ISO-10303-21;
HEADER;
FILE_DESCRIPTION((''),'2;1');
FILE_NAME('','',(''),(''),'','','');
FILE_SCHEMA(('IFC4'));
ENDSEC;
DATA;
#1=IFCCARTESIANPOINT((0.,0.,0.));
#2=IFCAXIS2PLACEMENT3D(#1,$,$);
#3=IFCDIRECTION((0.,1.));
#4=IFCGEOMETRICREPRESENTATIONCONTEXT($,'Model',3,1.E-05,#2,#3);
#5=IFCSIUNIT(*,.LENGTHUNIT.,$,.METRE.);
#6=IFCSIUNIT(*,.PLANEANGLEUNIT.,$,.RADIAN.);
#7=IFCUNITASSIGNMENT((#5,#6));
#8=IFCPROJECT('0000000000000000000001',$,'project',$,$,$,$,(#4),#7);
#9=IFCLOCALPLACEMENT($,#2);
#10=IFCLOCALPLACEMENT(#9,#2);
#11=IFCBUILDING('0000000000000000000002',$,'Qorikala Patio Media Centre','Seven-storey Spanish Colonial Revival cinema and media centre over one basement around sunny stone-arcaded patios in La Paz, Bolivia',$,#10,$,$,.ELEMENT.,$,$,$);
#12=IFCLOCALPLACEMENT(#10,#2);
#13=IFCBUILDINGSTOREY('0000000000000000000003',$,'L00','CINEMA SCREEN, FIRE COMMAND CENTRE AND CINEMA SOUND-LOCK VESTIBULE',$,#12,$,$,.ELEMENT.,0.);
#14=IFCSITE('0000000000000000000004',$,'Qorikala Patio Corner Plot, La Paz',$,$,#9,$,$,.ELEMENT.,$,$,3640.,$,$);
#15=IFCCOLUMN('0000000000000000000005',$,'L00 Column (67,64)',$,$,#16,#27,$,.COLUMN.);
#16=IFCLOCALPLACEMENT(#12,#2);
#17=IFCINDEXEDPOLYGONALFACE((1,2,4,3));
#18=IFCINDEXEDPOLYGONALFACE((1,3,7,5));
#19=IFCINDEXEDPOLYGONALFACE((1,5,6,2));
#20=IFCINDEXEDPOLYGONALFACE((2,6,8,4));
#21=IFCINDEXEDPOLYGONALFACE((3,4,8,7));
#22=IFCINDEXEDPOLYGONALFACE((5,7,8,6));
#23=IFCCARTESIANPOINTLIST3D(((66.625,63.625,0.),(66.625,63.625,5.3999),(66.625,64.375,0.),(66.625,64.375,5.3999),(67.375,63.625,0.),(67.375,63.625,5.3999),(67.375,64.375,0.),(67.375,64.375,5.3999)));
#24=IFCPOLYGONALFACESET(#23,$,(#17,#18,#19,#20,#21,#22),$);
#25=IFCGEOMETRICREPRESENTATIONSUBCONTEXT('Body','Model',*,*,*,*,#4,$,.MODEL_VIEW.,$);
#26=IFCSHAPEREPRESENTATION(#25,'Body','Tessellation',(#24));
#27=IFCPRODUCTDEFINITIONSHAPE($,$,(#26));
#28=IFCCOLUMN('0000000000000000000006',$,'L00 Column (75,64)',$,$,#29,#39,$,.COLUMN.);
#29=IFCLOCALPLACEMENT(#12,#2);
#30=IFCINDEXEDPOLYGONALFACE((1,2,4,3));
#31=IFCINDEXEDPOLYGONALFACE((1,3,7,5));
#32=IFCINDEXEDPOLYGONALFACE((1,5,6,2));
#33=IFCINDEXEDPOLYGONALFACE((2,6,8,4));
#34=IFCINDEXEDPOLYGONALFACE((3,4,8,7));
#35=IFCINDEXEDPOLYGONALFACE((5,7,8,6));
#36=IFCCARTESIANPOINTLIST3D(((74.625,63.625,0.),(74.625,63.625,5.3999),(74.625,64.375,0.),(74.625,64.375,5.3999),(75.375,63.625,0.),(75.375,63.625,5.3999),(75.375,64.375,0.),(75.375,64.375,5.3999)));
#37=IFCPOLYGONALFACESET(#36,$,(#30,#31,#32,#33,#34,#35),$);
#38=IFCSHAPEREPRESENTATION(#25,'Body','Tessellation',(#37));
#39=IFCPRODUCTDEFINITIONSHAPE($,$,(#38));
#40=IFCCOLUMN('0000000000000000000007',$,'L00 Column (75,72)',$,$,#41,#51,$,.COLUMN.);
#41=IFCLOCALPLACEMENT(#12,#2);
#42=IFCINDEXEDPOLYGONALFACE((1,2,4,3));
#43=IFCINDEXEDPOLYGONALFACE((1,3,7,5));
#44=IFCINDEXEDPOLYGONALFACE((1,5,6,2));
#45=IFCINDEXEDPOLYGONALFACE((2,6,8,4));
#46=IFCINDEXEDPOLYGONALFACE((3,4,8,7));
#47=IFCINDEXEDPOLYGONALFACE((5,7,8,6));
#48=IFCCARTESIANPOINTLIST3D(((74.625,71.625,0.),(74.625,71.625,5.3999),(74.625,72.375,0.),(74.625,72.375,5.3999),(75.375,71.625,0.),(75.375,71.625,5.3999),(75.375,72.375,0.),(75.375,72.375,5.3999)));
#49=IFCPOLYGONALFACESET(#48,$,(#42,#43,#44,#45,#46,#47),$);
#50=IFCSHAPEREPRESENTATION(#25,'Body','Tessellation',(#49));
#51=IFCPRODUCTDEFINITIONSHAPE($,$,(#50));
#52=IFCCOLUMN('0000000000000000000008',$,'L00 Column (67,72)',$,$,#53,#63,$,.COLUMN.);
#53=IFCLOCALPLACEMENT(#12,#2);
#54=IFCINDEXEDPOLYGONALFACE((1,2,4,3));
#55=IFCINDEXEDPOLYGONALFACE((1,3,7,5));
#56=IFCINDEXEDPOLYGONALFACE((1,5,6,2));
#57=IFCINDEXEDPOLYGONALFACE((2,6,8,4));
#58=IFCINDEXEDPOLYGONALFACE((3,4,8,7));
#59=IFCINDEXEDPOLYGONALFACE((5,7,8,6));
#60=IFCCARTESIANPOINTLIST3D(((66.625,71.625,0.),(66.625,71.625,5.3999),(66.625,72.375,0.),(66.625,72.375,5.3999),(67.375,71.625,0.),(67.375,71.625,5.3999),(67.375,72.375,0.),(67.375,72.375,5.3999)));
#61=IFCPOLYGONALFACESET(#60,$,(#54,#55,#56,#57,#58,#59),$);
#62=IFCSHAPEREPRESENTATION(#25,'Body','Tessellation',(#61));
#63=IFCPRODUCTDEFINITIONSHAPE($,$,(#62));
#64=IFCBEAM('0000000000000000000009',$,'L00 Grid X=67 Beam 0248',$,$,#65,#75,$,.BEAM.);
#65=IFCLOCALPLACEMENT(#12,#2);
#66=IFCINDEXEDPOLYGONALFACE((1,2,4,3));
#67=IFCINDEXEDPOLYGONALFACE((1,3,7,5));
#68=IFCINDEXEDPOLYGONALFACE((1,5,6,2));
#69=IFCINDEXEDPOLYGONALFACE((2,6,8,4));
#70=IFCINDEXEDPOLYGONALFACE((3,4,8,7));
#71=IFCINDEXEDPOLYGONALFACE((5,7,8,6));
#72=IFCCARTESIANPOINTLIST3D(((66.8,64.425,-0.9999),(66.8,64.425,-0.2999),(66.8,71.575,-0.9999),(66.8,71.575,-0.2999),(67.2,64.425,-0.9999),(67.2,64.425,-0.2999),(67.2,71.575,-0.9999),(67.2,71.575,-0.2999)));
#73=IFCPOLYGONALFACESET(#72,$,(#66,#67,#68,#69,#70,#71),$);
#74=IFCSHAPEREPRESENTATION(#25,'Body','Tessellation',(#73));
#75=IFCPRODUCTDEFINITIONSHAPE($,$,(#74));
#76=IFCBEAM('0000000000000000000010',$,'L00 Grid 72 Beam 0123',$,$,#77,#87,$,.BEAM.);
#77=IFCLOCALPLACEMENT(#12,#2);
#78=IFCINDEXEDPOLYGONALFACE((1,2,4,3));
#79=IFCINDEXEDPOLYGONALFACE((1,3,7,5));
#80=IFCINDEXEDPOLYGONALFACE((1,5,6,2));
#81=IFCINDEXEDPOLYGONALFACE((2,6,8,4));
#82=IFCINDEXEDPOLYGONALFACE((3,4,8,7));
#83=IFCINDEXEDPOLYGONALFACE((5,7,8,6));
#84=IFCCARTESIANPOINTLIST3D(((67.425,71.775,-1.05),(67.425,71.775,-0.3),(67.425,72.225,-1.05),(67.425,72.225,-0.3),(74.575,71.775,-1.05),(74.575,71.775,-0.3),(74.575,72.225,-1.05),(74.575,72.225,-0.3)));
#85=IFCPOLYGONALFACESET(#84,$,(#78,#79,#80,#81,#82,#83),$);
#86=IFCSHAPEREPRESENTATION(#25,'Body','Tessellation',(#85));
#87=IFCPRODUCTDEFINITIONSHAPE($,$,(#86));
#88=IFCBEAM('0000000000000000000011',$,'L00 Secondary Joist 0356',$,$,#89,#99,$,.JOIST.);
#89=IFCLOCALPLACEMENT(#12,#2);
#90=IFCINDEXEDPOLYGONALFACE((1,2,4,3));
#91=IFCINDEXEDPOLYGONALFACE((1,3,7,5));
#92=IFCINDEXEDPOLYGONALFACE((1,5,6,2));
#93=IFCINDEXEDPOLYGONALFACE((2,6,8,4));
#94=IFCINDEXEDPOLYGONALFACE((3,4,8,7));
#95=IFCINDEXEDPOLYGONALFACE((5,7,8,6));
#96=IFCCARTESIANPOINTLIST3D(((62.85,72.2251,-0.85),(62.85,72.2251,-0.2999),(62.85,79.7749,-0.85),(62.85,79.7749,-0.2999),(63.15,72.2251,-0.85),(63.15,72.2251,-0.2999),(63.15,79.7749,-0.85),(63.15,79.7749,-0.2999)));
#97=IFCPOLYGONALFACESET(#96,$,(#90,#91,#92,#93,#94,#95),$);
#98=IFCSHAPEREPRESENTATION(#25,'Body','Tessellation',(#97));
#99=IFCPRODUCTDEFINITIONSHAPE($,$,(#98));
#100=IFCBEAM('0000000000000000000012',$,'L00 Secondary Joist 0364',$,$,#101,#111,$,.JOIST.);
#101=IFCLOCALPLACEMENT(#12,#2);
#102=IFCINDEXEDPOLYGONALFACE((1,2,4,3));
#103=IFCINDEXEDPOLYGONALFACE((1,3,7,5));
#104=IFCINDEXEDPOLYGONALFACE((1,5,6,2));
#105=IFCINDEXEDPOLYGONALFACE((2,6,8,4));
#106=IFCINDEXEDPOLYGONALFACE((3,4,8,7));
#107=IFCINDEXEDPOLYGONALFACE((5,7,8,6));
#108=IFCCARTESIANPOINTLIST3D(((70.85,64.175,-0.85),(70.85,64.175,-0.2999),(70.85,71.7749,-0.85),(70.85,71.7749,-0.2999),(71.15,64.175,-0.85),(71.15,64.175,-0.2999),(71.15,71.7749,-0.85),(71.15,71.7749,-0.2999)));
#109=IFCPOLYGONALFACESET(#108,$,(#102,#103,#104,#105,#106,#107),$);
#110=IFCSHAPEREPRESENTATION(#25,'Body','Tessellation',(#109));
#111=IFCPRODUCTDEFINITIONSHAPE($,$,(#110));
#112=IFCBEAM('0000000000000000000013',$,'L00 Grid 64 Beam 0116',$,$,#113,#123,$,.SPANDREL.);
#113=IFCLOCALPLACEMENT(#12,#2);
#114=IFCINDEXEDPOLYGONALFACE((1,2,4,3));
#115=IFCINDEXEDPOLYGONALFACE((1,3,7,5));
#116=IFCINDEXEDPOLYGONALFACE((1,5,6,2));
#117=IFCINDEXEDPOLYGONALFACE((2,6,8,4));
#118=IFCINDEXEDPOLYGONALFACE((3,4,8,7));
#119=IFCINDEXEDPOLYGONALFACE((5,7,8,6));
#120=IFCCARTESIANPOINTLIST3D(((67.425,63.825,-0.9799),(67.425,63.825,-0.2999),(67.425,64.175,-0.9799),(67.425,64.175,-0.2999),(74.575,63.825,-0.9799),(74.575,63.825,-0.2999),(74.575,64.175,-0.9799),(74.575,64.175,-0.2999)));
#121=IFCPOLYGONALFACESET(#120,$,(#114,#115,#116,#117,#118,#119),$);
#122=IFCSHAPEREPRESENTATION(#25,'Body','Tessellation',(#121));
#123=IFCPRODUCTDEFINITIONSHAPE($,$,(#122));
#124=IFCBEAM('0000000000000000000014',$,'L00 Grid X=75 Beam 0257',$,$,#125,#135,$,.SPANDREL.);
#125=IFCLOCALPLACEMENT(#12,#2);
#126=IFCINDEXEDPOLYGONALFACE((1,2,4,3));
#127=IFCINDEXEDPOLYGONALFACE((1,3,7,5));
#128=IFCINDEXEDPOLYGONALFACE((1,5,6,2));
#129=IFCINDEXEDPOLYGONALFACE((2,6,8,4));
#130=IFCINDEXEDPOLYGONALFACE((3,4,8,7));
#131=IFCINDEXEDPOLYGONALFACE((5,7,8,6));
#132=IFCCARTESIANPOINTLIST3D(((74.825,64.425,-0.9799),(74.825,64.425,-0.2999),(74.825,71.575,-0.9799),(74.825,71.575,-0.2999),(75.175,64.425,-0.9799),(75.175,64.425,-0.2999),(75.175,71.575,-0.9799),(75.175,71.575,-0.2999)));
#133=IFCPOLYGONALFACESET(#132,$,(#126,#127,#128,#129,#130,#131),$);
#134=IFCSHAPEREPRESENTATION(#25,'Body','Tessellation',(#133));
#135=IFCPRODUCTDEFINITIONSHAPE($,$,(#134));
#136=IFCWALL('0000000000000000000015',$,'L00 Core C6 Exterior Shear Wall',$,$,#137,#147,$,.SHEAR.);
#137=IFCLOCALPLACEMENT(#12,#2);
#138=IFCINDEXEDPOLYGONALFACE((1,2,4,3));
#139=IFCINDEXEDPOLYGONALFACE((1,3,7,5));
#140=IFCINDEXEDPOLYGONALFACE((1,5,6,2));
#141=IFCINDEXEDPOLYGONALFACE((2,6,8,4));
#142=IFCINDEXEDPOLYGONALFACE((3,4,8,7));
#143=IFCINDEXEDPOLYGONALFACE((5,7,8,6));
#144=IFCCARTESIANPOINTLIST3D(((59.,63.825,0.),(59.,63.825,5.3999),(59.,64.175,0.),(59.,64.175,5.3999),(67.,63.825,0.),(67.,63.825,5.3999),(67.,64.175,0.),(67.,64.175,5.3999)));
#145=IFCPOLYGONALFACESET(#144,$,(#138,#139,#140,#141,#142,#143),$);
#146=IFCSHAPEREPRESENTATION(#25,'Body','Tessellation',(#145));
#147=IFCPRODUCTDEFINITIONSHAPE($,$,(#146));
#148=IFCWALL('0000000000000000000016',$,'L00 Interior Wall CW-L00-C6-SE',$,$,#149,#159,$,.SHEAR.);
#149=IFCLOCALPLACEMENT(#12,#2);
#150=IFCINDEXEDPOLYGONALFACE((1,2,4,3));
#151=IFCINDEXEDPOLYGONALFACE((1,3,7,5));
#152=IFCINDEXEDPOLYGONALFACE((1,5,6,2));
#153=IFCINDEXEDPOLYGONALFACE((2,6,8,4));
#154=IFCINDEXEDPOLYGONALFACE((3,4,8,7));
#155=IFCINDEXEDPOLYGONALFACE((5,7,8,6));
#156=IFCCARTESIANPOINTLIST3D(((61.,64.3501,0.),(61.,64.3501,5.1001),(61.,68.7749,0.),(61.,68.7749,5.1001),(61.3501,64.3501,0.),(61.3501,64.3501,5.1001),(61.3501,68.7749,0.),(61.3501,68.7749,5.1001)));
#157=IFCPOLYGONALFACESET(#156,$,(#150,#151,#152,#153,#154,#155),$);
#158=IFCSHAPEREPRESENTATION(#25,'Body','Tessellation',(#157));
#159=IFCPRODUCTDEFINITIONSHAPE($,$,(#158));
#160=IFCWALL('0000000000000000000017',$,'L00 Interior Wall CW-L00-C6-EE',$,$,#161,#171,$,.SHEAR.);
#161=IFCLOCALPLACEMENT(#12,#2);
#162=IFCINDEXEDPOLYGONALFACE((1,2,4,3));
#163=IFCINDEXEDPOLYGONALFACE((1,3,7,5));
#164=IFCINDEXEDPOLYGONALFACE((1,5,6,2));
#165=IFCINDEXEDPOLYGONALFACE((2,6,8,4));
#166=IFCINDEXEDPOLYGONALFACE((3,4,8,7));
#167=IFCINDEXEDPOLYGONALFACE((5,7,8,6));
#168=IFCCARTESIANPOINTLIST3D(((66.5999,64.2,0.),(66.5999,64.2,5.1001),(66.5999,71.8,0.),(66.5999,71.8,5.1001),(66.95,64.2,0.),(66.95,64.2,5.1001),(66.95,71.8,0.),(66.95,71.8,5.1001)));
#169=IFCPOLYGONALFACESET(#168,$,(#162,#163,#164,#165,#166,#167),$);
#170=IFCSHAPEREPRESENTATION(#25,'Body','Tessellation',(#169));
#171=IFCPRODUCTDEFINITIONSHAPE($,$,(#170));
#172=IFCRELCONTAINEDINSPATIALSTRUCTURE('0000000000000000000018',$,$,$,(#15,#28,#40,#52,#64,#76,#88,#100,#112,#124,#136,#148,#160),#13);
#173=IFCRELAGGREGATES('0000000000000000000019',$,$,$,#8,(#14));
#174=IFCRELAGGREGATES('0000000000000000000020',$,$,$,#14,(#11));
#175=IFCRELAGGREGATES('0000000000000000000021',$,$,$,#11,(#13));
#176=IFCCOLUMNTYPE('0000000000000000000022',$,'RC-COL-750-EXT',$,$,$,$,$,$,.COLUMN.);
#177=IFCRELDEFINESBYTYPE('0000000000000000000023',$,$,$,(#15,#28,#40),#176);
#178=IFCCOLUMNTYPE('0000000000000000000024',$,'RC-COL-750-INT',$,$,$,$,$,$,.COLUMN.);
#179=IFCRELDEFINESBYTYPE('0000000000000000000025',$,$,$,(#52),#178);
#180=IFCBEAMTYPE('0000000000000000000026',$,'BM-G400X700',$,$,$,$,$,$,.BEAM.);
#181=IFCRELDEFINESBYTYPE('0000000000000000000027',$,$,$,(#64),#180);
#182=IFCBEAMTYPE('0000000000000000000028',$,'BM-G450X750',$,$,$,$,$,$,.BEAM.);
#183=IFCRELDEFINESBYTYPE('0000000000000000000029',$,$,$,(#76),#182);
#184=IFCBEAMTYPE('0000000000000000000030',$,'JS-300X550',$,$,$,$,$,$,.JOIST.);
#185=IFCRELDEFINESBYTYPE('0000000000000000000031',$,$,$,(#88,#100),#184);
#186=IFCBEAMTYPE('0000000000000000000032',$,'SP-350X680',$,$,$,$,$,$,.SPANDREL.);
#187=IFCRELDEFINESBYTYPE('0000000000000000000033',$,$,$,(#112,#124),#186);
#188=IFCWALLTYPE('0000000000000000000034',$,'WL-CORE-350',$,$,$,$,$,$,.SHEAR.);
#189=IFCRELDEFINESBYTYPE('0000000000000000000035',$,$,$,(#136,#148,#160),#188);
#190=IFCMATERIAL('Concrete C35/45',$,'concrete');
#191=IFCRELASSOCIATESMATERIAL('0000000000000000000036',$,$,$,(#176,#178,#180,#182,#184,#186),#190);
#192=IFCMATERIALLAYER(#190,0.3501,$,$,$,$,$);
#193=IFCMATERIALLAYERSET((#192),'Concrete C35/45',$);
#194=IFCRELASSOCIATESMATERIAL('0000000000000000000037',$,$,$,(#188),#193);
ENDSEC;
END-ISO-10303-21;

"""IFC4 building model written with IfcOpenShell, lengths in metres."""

from ifc_helpers import new_model, si_unit, direction, frame, frame_2d, origin, origin_2d, place, context, subcontext, project, spatial, rectangle, extrude, material, layer, layer_set, material_profile, profile_set, type_object, element, save


model = new_model("IFC4")

# Units and contexts
model_context = context("Model", 3, precision=1e-05, world=origin(), true_north=direction((0.0, 1.0)))
body_context = subcontext(model_context, "Body", "Model", "MODEL_VIEW")
ifc_project = project(units=[si_unit("LENGTHUNIT", "METRE"), si_unit("PLANEANGLEUNIT", "RADIAN")], contexts=[model_context])

# Site, building, storey
site_placement = place(None, origin())
site = spatial("IfcSite", under=ifc_project, at=site_placement, Name="Qorikala Patio Corner Plot, La Paz", CompositionType="ELEMENT", RefElevation=3640.0)
building_placement = place(site_placement, origin())
building = spatial("IfcBuilding", under=site, at=building_placement, Name="Qorikala Patio Media Centre", Description="Seven-storey Spanish Colonial Revival cinema and media centre over one basement around sunny stone-arcaded patios in La Paz, Bolivia", CompositionType="ELEMENT")
storey_placement = place(building_placement, origin())
storey = spatial("IfcBuildingStorey", under=building, at=storey_placement, Name="L00", Description="CINEMA SCREEN, FIRE COMMAND CENTRE AND CINEMA SOUND-LOCK VESTIBULE", CompositionType="ELEMENT", Elevation=0.0)

# Columns
ifc_material_1 = material(Name="Concrete C35/45", Category="concrete")
ifc_material_profile_1 = material_profile(ifc_material_1, rectangle(XDim=0.75, YDim=0.75, at=origin_2d()), Name="RC 750x750")
ifc_profile_set_1 = profile_set([ifc_material_profile_1], Name="Concrete C35/45")
column_type_1 = type_object("IfcColumnType", Name="RC-COL-750-EXT", PredefinedType="COLUMN", material=ifc_profile_set_1)
for number, where, z_axis, x_axis, name in (
    (1, (67.0, 64.0, 0.0), (0.0, 0.0, 1.0), (1.0, 0.0, 0.0), "L00 Column (67,64)"),
    (2, (75.0, 64.0, 0.0), (0.0, 0.0, 1.0), (1.0, 0.0, 0.0), "L00 Column (75,64)"),
    (3, (75.0, 72.0, 0.0), (0.0, 0.0, 1.0), (1.0, 0.0, 0.0), "L00 Column (75,72)"),
):
    element("IfcColumn", number, at=place(storey_placement, frame(where, z_axis=z_axis, x_axis=x_axis)), inside=storey, type_object=column_type_1, Name=name, PredefinedType="COLUMN", context=body_context, shape_type="SweptSolid", body=[
        extrude(rectangle(XDim=0.75, YDim=0.75, at=origin_2d()), origin(), (0.0, 0.0, 1.0), 5.3999),
    ])
ifc_material_profile_2 = material_profile(ifc_material_1, rectangle(XDim=0.75, YDim=0.75, at=origin_2d()), Name="RC 750x750")
ifc_profile_set_2 = profile_set([ifc_material_profile_2], Name="Concrete C35/45")
column_type_2 = type_object("IfcColumnType", Name="RC-COL-750-INT", PredefinedType="COLUMN", material=ifc_profile_set_2)
column_placement = place(storey_placement, frame((67.0, 72.0, 0.0), z_axis=(0.0, 0.0, 1.0), x_axis=(1.0, 0.0, 0.0)))
element("IfcColumn", 4, at=column_placement, inside=storey, type_object=column_type_2, Name="L00 Column (67,72)", PredefinedType="COLUMN", context=body_context, shape_type="SweptSolid", body=[
    extrude(rectangle(XDim=0.75, YDim=0.75, at=origin_2d()), origin(), (0.0, 0.0, 1.0), 5.3999),
])

# Beams
ifc_material_profile_3 = material_profile(ifc_material_1, rectangle(XDim=0.3999, YDim=0.7, at=origin_2d()), Name="RC 400x700")
ifc_profile_set_3 = profile_set([ifc_material_profile_3], Name="Concrete C35/45")
beam_type_1 = type_object("IfcBeamType", Name="BM-G400X700", PredefinedType="BEAM", material=ifc_profile_set_3)
beam_1_placement = place(storey_placement, frame((67.0, 64.425, -0.6499), z_axis=(0.0, 1.0, 0.0), x_axis=(-1.0, 0.0, 0.0)))
element("IfcBeam", 5, at=beam_1_placement, inside=storey, type_object=beam_type_1, Name="L00 Grid X=67 Beam 0248", PredefinedType="BEAM", context=body_context, shape_type="SweptSolid", body=[
    extrude(rectangle(XDim=0.3999, YDim=0.7, at=origin_2d()), origin(), (0.0, 0.0, 1.0), 7.1499),
])
ifc_material_profile_4 = material_profile(ifc_material_1, rectangle(XDim=0.45, YDim=0.75, at=origin_2d()), Name="RC 450x750")
ifc_profile_set_4 = profile_set([ifc_material_profile_4], Name="Concrete C35/45")
beam_type_2 = type_object("IfcBeamType", Name="BM-G450X750", PredefinedType="BEAM", material=ifc_profile_set_4)
beam_2_placement = place(storey_placement, frame((67.425, 72.0, -0.675), z_axis=(1.0, 0.0, 0.0), x_axis=(0.0, 1.0, 0.0)))
element("IfcBeam", 6, at=beam_2_placement, inside=storey, type_object=beam_type_2, Name="L00 Grid 72 Beam 0123", PredefinedType="BEAM", context=body_context, shape_type="SweptSolid", body=[
    extrude(rectangle(XDim=0.45, YDim=0.75, at=origin_2d()), origin(), (0.0, 0.0, 1.0), 7.1499),
])
ifc_material_profile_5 = material_profile(ifc_material_1, rectangle(XDim=0.3, YDim=0.55, at=origin_2d()), Name="RC 300x550")
ifc_profile_set_5 = profile_set([ifc_material_profile_5], Name="Concrete C35/45")
beam_type_3 = type_object("IfcBeamType", Name="JS-300X550", PredefinedType="JOIST", material=ifc_profile_set_5)
beam_3_placement = place(storey_placement, frame((63.0, 72.2251, -0.575), z_axis=(0.0, 1.0, 0.0), x_axis=(-1.0, 0.0, 0.0)))
element("IfcBeam", 7, at=beam_3_placement, inside=storey, type_object=beam_type_3, Name="L00 Secondary Joist 0356", PredefinedType="JOIST", context=body_context, shape_type="SweptSolid", body=[
    extrude(rectangle(XDim=0.3, YDim=0.55, at=origin_2d()), origin(), (0.0, 0.0, 1.0), 7.5498),
])
beam_4_placement = place(storey_placement, frame((71.0, 64.175, -0.575), z_axis=(0.0, 1.0, 0.0), x_axis=(-1.0, 0.0, 0.0)))
element("IfcBeam", 8, at=beam_4_placement, inside=storey, type_object=beam_type_3, Name="L00 Secondary Joist 0364", PredefinedType="JOIST", context=body_context, shape_type="SweptSolid", body=[
    extrude(rectangle(XDim=0.3, YDim=0.55, at=origin_2d()), origin(), (0.0, 0.0, 1.0), 7.5999),
])
ifc_material_profile_6 = material_profile(ifc_material_1, rectangle(XDim=0.3501, YDim=0.6799, at=origin_2d()), Name="RC 350x680")
ifc_profile_set_6 = profile_set([ifc_material_profile_6], Name="Concrete C35/45")
beam_type_4 = type_object("IfcBeamType", Name="SP-350X680", PredefinedType="SPANDREL", material=ifc_profile_set_6)
for number, where, z_axis, x_axis, name in (
    (9, (67.425, 64.0, -0.6399), (1.0, 0.0, 0.0), (0.0, 1.0, 0.0), "L00 Grid 64 Beam 0116"),
    (10, (75.0, 64.425, -0.6399), (0.0, 1.0, 0.0), (-1.0, 0.0, 0.0), "L00 Grid X=75 Beam 0257"),
):
    element("IfcBeam", number, at=place(storey_placement, frame(where, z_axis=z_axis, x_axis=x_axis)), inside=storey, type_object=beam_type_4, Name=name, PredefinedType="SPANDREL", context=body_context, shape_type="SweptSolid", body=[
        extrude(rectangle(XDim=0.3501, YDim=0.6799, at=origin_2d()), origin(), (0.0, 0.0, 1.0), 7.1499),
    ])

# Walls
ifc_layer_1 = layer(ifc_material_1, 0.3501)
ifc_layer_set_1 = layer_set([ifc_layer_1], Name="Concrete C35/45")
wall_type_1 = type_object("IfcWallType", Name="WL-CORE-350", PredefinedType="SHEAR", material=ifc_layer_set_1)
wall_1_placement = place(storey_placement, frame((67.0, 64.0, 0.0), z_axis=(0.0, 0.0, 1.0), x_axis=(-1.0, 0.0, 0.0)))
element("IfcWall", 11, at=wall_1_placement, inside=storey, type_object=wall_type_1, Name="L00 Core C6 Exterior Shear Wall", PredefinedType="SHEAR", context=body_context, shape_type="SweptSolid", body=[
    extrude(rectangle(XDim=8.0, YDim=0.3501, at=frame_2d((4.0, 0.0))), origin(), (0.0, 0.0, 1.0), 5.3999),
])
wall_2_placement = place(storey_placement, frame((61.175, 64.3501, 0.0), z_axis=(0.0, 0.0, 1.0), x_axis=(0.0, 1.0, 0.0)))
element("IfcWall", 12, at=wall_2_placement, inside=storey, type_object=wall_type_1, Name="L00 Interior Wall CW-L00-C6-SE", PredefinedType="SHEAR", context=body_context, shape_type="SweptSolid", body=[
    extrude(rectangle(XDim=4.4248, YDim=0.3501, at=frame_2d((2.2124, 0.0))), origin(), (0.0, 0.0, 1.0), 5.1001),
])
wall_3_placement = place(storey_placement, frame((66.7749, 64.2, 0.0), z_axis=(0.0, 0.0, 1.0), x_axis=(0.0, 1.0, 0.0)))
element("IfcWall", 13, at=wall_3_placement, inside=storey, type_object=wall_type_1, Name="L00 Interior Wall CW-L00-C6-EE", PredefinedType="SHEAR", context=body_context, shape_type="SweptSolid", body=[
    extrude(rectangle(XDim=7.6001, YDim=0.3501, at=frame_2d((3.8, 0.0))), origin(), (0.0, 0.0, 1.0), 5.1001),
])

save(model, "model.ifc")
